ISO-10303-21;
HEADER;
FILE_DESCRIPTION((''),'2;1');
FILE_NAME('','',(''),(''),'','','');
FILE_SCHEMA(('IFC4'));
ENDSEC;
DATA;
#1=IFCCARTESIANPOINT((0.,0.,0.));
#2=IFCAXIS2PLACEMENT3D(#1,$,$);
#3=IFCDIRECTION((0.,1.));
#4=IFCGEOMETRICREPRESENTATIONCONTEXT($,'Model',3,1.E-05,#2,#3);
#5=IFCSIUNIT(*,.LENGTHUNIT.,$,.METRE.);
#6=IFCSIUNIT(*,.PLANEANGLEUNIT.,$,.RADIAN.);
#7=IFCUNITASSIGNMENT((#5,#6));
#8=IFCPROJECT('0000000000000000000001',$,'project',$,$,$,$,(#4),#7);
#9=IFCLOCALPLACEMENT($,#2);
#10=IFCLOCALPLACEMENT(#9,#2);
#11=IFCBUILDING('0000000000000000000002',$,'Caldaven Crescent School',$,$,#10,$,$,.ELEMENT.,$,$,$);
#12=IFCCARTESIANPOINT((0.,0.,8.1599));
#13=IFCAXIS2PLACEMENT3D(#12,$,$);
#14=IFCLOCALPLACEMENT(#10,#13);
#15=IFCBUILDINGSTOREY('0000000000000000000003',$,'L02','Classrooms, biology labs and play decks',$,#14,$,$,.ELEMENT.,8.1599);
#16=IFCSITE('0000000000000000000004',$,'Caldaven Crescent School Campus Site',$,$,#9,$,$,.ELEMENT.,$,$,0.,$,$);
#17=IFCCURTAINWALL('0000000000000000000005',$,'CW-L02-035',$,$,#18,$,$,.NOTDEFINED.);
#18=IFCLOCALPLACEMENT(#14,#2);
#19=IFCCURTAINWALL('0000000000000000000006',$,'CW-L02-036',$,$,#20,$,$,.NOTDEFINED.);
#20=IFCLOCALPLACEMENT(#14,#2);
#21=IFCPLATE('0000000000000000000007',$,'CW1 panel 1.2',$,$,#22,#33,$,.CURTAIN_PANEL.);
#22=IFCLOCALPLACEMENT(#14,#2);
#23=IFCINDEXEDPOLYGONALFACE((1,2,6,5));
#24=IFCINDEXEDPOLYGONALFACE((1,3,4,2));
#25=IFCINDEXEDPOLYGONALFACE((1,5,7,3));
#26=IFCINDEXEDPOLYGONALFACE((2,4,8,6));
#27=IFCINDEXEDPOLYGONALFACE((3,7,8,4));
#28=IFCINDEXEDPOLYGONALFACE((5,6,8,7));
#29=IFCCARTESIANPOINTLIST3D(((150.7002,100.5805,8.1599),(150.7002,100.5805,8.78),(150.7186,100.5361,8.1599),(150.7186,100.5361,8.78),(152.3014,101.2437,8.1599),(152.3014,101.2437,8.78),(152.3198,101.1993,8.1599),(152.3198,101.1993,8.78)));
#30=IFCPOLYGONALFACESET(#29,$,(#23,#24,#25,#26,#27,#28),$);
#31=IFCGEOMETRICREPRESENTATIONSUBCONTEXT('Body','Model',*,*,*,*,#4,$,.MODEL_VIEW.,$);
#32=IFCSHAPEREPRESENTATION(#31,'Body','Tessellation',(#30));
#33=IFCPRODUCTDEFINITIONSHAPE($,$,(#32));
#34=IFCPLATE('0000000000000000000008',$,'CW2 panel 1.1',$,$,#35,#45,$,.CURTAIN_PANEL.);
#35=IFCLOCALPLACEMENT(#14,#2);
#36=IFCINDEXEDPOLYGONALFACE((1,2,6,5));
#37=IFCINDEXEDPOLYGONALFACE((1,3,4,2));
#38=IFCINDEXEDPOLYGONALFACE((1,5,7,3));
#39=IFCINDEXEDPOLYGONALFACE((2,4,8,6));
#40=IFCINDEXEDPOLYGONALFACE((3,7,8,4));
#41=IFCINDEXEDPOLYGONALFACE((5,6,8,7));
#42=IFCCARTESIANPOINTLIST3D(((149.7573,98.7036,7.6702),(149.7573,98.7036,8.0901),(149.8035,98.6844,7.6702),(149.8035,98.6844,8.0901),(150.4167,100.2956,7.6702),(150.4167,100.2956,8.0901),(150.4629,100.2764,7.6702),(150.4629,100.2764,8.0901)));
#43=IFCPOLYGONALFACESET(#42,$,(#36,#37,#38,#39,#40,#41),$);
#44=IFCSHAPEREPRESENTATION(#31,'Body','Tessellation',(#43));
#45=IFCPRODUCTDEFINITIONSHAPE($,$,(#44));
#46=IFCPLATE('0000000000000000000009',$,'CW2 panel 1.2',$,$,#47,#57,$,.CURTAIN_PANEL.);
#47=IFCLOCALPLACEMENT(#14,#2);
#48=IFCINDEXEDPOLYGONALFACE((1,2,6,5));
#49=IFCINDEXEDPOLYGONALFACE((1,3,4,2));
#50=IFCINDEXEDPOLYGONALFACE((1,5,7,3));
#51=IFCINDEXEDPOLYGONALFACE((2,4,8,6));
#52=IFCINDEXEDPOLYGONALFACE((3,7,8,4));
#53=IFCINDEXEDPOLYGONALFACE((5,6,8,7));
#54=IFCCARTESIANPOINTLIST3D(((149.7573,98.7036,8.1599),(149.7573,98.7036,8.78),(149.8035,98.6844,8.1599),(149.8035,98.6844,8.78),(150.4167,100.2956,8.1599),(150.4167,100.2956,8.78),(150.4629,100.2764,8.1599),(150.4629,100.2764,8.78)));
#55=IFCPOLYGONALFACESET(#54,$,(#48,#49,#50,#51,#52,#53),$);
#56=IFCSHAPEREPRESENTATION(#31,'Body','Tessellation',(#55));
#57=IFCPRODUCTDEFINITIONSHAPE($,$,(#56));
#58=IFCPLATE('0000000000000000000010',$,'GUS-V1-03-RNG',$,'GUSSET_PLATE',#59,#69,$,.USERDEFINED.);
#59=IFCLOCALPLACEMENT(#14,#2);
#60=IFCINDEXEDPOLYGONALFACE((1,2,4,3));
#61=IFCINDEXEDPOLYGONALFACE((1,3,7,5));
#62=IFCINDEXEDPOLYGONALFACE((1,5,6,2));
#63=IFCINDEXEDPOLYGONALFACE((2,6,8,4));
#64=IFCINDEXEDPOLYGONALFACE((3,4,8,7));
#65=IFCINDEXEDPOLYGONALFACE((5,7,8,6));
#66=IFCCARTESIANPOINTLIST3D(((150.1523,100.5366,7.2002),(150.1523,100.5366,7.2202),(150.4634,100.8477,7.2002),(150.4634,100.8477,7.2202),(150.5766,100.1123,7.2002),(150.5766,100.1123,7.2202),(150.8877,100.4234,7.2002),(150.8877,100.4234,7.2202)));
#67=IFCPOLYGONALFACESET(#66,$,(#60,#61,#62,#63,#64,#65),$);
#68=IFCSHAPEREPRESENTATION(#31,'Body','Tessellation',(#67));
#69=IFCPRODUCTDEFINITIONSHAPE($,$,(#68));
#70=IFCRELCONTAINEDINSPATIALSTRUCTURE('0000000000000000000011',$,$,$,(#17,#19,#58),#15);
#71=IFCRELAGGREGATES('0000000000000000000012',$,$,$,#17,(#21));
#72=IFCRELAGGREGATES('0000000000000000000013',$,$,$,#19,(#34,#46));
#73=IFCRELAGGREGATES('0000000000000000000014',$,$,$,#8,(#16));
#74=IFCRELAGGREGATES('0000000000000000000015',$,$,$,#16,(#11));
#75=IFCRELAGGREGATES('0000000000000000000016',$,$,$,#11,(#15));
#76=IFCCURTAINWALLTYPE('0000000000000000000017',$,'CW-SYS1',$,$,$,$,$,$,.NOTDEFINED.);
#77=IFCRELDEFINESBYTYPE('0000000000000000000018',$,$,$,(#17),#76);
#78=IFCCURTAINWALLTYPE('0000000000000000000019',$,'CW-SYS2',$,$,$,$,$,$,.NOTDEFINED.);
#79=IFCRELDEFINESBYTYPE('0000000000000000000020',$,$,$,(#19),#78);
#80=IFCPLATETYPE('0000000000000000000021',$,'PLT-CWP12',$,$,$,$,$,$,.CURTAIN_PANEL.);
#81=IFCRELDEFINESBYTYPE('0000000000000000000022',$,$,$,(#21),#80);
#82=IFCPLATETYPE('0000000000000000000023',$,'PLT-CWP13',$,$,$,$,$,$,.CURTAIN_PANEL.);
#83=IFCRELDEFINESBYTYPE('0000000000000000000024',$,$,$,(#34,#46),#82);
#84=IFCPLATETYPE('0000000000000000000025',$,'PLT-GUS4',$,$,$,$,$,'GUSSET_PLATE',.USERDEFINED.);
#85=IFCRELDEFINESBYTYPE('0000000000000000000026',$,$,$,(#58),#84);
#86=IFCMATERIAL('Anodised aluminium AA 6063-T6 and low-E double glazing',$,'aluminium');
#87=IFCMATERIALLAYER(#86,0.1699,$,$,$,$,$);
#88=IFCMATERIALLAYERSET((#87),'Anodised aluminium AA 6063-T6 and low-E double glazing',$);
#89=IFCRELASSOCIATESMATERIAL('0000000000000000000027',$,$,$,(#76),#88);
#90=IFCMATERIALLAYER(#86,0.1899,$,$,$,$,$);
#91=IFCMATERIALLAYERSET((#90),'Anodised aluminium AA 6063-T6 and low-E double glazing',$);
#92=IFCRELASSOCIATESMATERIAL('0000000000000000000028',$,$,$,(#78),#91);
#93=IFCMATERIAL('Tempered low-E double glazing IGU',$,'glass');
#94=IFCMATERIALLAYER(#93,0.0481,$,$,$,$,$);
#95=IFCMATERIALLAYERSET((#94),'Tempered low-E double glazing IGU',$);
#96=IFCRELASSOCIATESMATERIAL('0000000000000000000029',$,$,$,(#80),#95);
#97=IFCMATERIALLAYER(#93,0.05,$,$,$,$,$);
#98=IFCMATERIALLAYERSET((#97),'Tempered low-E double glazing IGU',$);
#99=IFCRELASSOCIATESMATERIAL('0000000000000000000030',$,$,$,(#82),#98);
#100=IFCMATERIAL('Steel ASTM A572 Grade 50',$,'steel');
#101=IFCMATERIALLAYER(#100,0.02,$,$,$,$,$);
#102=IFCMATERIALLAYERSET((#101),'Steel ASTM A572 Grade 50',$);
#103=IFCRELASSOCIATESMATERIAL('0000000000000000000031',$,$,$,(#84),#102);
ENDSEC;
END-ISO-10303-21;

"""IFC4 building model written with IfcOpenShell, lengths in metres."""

from ifc_helpers import new_model, si_unit, direction, frame, origin, origin_2d, place, context, subcontext, project, spatial, rectangle, extrude, material, layer, layer_set, type_object, element, aggregate, save


model = new_model("IFC4")

# Units and contexts
model_context = context("Model", 3, precision=1e-05, world=origin(), true_north=direction((0.0, 1.0)))
body_context = subcontext(model_context, "Body", "Model", "MODEL_VIEW")
ifc_project = project(units=[si_unit("LENGTHUNIT", "METRE"), si_unit("PLANEANGLEUNIT", "RADIAN")], contexts=[model_context])

# Site, building, storey
site_placement = place(None, origin())
site = spatial("IfcSite", under=ifc_project, at=site_placement, Name="Caldaven Crescent School Campus Site", CompositionType="ELEMENT", RefElevation=0.0)
building_placement = place(site_placement, origin())
building = spatial("IfcBuilding", under=site, at=building_placement, Name="Caldaven Crescent School", CompositionType="ELEMENT")
storey_placement = place(building_placement, frame((0.0, 0.0, 8.1599)))
storey = spatial("IfcBuildingStorey", under=building, at=storey_placement, Name="L02", Description="Classrooms, biology labs and play decks", CompositionType="ELEMENT", Elevation=8.1599)

# Shared definitions
ifc_material_1 = material(Name="Steel ASTM A572 Grade 50", Category="steel")

# Shared definitions
ifc_material_2 = material(Name="Anodised aluminium AA 6063-T6 and low-E double glazing", Category="aluminium")

# Curtain walls
ifc_layer_1 = layer(ifc_material_2, 0.1699)
ifc_layer_set_1 = layer_set([ifc_layer_1], Name="Anodised aluminium AA 6063-T6 and low-E double glazing")
curtain_wall_type_1 = type_object("IfcCurtainWallType", Name="CW-SYS1", PredefinedType="NOTDEFINED", material=ifc_layer_set_1)
curtain_wall_1_placement = place(storey_placement, origin())
curtain_wall_1 = element("IfcCurtainWall", 1, at=curtain_wall_1_placement, inside=storey, type_object=curtain_wall_type_1, Name="CW-L02-035", PredefinedType="NOTDEFINED")
ifc_layer_2 = layer(ifc_material_2, 0.1899)
ifc_layer_set_2 = layer_set([ifc_layer_2], Name="Anodised aluminium AA 6063-T6 and low-E double glazing")
curtain_wall_type_2 = type_object("IfcCurtainWallType", Name="CW-SYS2", PredefinedType="NOTDEFINED", material=ifc_layer_set_2)
curtain_wall_2_placement = place(storey_placement, origin())
curtain_wall_2 = element("IfcCurtainWall", 2, at=curtain_wall_2_placement, inside=storey, type_object=curtain_wall_type_2, Name="CW-L02-036", PredefinedType="NOTDEFINED")

# Plates
ifc_material_3 = material(Name="Tempered low-E double glazing IGU", Category="glass")
ifc_layer_3 = layer(ifc_material_3, 0.0481)
ifc_layer_set_3 = layer_set([ifc_layer_3], Name="Tempered low-E double glazing IGU")
plate_type_1 = type_object("IfcPlateType", Name="PLT-CWP12", PredefinedType="CURTAIN_PANEL", material=ifc_layer_set_3)
plate_1_placement = place(storey_placement, frame((151.51, 100.8899, 8.1599), z_axis=(0.0, 0.0, 1.0), x_axis=(-0.92388, -0.382682, 0.0)))
plate_1 = element("IfcPlate", 3, at=plate_1_placement, type_object=plate_type_1, Name="CW1 panel 1.2", PredefinedType="CURTAIN_PANEL", context=body_context, shape_type="SweptSolid", body=[
    extrude(rectangle(XDim=1.7332, YDim=0.0481, at=origin_2d()), origin(), (0.0, 0.0, 1.0), 0.6201),
])
aggregate(curtain_wall_1, [plate_1])
ifc_layer_4 = layer(ifc_material_3, 0.05)
ifc_layer_set_4 = layer_set([ifc_layer_4], Name="Tempered low-E double glazing IGU")
plate_type_2 = type_object("IfcPlateType", Name="PLT-CWP13", PredefinedType="CURTAIN_PANEL", material=ifc_layer_set_4)
plate_2_placement = place(storey_placement, frame((150.1101, 99.49, 7.6702), z_axis=(0.0, 0.0, 1.0), x_axis=(-0.382682, -0.92388, 0.0)))
plate_2 = element("IfcPlate", 4, at=plate_2_placement, type_object=plate_type_2, Name="CW2 panel 1.1", PredefinedType="CURTAIN_PANEL", context=body_context, shape_type="SweptSolid", body=[
    extrude(rectangle(XDim=1.7231, YDim=0.05, at=origin_2d()), origin(), (0.0, 0.0, 1.0), 0.4199),
])
plate_3_placement = place(storey_placement, frame((150.1101, 99.49, 8.1599), z_axis=(0.0, 0.0, 1.0), x_axis=(-0.382682, -0.92388, 0.0)))
plate_3 = element("IfcPlate", 5, at=plate_3_placement, type_object=plate_type_2, Name="CW2 panel 1.2", PredefinedType="CURTAIN_PANEL", context=body_context, shape_type="SweptSolid", body=[
    extrude(rectangle(XDim=1.7231, YDim=0.05, at=origin_2d()), origin(), (0.0, 0.0, 1.0), 0.6201),
])
aggregate(curtain_wall_2, [plate_2, plate_3])
ifc_layer_5 = layer(ifc_material_1, 0.02)
ifc_layer_set_5 = layer_set([ifc_layer_5], Name="Steel ASTM A572 Grade 50")
plate_type_3 = type_object("IfcPlateType", Name="PLT-GUS4", ElementType="GUSSET_PLATE", PredefinedType="USERDEFINED", material=ifc_layer_set_5)
plate_4_placement = place(storey_placement, frame((150.52, 100.48, 7.2002), z_axis=(0.0, 0.0, 1.0), x_axis=(-0.707107, 0.707107, 0.0)))
element("IfcPlate", 6, at=plate_4_placement, inside=storey, type_object=plate_type_3, Name="GUS-V1-03-RNG", ObjectType="GUSSET_PLATE", PredefinedType="USERDEFINED", context=body_context, shape_type="SweptSolid", body=[
    extrude(rectangle(XDim=0.6001, YDim=0.4399, at=origin_2d()), origin(), (0.0, 0.0, 1.0), 0.02),
])

save(model, "model.ifc")
